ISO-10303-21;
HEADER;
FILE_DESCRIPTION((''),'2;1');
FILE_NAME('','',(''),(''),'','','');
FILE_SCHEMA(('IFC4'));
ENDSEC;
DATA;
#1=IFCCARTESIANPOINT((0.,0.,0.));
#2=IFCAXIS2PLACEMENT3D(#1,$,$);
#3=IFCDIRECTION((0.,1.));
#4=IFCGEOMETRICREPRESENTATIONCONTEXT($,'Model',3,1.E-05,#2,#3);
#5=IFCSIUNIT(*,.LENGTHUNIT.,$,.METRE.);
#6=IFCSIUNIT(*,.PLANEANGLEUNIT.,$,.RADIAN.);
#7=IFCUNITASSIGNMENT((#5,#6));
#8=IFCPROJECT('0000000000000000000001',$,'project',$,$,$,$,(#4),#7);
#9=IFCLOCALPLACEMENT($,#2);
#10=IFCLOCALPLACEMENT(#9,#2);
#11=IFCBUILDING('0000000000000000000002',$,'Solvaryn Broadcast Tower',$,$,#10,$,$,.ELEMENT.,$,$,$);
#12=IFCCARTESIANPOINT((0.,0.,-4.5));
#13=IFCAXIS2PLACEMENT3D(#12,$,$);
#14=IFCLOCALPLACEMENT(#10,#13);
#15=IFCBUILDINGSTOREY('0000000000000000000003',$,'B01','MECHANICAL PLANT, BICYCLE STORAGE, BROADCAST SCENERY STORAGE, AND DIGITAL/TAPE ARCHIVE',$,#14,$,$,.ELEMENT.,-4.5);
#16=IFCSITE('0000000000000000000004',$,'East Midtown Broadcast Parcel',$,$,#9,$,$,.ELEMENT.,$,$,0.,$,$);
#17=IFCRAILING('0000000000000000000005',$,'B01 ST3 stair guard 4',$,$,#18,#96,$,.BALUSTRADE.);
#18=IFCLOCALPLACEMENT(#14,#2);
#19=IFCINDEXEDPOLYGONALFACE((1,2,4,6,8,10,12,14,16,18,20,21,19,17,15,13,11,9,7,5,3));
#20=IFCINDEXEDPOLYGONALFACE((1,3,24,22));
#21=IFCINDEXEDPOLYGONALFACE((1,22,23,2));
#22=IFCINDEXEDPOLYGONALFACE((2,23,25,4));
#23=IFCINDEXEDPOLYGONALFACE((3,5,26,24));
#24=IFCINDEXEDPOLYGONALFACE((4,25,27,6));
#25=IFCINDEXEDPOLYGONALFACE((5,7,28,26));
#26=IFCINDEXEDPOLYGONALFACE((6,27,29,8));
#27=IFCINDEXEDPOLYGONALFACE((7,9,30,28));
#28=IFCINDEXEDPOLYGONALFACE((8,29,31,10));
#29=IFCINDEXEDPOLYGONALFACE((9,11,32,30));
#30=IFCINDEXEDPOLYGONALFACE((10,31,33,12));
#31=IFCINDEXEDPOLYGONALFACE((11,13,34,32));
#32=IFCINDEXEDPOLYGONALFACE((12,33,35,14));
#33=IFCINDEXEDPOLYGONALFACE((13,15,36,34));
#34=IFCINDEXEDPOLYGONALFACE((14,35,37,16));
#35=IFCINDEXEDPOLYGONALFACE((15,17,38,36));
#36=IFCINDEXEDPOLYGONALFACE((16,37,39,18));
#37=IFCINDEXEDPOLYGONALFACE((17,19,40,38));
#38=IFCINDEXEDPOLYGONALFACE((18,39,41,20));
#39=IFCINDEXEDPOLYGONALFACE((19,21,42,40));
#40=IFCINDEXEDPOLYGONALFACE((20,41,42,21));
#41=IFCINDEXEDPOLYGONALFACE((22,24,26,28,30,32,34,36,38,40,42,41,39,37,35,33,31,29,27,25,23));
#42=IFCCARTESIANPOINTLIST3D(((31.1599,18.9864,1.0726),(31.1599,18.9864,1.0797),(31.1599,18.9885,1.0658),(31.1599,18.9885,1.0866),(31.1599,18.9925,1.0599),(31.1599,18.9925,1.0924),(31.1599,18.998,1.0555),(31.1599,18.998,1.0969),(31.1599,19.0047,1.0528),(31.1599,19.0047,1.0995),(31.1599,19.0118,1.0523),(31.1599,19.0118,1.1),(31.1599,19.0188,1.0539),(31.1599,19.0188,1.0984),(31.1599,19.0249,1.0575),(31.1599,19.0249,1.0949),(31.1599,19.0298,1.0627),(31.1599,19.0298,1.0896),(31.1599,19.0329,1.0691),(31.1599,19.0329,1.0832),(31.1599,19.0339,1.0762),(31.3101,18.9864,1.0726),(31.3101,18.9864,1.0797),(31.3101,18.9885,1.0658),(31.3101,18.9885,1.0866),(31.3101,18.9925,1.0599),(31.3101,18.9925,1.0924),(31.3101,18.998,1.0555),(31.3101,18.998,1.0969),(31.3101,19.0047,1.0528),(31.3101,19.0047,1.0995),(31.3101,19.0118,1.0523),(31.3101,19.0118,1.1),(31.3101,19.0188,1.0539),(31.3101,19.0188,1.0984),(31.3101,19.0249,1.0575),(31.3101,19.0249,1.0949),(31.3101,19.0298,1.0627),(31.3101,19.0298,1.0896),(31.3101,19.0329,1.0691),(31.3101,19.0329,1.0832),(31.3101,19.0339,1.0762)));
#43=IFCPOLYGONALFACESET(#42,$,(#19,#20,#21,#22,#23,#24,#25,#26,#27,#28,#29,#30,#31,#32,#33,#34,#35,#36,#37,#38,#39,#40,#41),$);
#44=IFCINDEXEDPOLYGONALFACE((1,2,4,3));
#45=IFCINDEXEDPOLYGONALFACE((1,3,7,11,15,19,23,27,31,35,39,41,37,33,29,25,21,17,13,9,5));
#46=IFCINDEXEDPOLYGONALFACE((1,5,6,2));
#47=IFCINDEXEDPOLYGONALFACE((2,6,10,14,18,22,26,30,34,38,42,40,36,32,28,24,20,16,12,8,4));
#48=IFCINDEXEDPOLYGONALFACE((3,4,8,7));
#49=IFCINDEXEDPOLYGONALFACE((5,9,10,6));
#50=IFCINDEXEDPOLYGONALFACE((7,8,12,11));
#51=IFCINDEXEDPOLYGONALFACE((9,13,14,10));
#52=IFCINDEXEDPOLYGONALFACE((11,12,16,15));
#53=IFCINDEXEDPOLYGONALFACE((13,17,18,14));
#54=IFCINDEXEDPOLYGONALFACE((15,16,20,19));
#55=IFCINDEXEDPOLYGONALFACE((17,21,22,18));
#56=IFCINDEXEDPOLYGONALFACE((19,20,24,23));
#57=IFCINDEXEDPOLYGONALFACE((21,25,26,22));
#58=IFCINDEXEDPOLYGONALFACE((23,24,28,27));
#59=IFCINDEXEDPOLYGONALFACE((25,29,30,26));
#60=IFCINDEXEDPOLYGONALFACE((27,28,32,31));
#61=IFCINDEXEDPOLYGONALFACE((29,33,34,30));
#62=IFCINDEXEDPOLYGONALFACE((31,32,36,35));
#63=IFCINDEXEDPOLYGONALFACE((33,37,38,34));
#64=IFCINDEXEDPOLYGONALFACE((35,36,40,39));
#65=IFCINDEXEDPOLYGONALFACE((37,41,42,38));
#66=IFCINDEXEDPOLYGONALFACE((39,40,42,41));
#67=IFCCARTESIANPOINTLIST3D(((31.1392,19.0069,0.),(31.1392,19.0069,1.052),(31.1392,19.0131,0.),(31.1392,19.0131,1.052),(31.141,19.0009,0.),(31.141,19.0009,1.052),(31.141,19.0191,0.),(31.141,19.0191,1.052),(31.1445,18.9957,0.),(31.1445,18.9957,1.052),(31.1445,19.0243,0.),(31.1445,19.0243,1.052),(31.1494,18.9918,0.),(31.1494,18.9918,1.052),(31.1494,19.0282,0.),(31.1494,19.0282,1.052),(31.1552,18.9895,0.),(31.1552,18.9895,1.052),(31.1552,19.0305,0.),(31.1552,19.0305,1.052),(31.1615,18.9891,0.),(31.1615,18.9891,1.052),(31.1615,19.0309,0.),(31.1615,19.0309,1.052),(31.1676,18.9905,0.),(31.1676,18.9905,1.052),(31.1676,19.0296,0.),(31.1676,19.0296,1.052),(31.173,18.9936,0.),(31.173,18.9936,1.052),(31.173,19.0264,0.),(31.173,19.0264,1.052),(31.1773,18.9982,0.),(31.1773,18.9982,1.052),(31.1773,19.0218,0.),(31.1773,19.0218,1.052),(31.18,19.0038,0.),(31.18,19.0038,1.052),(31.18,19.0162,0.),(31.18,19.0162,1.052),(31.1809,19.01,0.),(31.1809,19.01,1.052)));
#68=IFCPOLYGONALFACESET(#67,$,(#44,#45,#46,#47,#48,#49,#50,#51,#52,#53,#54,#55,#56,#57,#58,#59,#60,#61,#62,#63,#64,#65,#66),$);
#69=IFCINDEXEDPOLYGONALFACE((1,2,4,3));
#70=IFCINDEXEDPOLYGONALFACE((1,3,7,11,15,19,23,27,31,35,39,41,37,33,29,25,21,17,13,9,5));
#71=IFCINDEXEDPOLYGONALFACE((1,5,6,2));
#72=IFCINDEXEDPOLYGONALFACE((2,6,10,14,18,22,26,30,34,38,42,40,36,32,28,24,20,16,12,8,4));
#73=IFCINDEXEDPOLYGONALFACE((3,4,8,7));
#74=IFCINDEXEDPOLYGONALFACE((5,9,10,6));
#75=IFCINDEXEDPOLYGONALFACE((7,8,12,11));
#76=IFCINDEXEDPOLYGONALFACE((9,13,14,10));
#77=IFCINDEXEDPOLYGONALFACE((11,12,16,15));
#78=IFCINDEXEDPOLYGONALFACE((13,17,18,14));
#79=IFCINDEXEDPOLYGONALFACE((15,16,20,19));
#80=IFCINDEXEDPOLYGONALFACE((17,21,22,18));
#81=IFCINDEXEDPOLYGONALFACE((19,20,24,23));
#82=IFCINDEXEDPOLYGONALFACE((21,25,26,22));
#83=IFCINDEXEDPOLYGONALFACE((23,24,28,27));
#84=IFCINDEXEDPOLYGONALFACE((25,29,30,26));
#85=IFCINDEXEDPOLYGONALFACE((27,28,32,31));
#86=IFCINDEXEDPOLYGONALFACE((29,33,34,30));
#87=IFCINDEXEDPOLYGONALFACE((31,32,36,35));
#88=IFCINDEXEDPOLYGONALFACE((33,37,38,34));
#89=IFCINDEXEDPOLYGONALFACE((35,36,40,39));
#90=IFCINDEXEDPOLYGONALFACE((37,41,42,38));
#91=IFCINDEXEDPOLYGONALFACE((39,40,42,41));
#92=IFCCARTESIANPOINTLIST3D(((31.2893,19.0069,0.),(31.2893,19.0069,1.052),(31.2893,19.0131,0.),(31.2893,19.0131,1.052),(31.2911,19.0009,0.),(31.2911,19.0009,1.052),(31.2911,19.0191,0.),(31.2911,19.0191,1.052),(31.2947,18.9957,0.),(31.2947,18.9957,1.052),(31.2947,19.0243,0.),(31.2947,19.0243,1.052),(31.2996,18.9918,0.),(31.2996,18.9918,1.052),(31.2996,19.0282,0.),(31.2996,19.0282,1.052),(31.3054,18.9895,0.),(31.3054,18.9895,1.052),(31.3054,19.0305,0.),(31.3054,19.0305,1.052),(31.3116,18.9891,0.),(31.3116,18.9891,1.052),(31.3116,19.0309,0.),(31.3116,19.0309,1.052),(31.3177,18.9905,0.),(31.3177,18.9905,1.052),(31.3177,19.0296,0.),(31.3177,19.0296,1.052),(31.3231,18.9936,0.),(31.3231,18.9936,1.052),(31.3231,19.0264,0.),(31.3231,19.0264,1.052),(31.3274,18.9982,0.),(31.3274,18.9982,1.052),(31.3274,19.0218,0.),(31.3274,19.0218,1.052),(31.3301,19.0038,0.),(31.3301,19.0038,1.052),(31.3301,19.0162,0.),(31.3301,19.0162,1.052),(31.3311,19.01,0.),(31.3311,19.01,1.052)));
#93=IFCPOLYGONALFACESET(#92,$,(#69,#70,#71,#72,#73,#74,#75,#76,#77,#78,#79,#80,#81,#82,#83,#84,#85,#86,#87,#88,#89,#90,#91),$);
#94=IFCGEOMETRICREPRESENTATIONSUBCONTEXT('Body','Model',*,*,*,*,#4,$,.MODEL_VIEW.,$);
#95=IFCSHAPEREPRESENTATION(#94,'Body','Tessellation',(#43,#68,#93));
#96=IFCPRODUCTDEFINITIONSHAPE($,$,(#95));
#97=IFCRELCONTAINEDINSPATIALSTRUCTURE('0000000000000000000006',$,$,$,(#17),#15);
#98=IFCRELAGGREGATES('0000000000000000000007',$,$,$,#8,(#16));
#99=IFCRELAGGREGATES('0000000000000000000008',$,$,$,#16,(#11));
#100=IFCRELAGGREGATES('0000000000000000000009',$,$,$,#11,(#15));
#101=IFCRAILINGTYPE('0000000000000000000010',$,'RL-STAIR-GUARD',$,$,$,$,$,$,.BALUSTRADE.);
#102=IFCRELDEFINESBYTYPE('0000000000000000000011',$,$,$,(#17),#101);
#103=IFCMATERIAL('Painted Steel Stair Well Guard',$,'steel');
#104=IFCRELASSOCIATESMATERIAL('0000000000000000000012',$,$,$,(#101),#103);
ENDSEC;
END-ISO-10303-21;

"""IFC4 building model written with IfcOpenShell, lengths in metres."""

from ifc_helpers import new_model, si_unit, direction, frame, origin, origin_2d, place, context, subcontext, project, spatial, circle, extrude, material, type_object, element, save


model = new_model("IFC4")

# Units and contexts
model_context = context("Model", 3, precision=1e-05, world=origin(), true_north=direction((0.0, 1.0)))
body_context = subcontext(model_context, "Body", "Model", "MODEL_VIEW")
ifc_project = project(units=[si_unit("LENGTHUNIT", "METRE"), si_unit("PLANEANGLEUNIT", "RADIAN")], contexts=[model_context])

# Site, building, storey
site_placement = place(None, origin())
site = spatial("IfcSite", under=ifc_project, at=site_placement, Name="East Midtown Broadcast Parcel", CompositionType="ELEMENT", RefElevation=0.0)
building_placement = place(site_placement, origin())
building = spatial("IfcBuilding", under=site, at=building_placement, Name="Solvaryn Broadcast Tower", CompositionType="ELEMENT")
storey_placement = place(building_placement, frame((0.0, 0.0, -4.5)))
storey = spatial("IfcBuildingStorey", under=building, at=storey_placement, Name="B01", Description="MECHANICAL PLANT, BICYCLE STORAGE, BROADCAST SCENERY STORAGE, AND DIGITAL/TAPE ARCHIVE", CompositionType="ELEMENT", Elevation=-4.5)

# Railing
ifc_material_1 = material(Name="Painted Steel Stair Well Guard", Category="steel")
railing_type_1 = type_object("IfcRailingType", Name="RL-STAIR-GUARD", PredefinedType="BALUSTRADE", material=ifc_material_1)
railing_1_placement = place(storey_placement, frame((31.1599, 19.01, 0.0)))
element("IfcRailing", 1, at=railing_1_placement, inside=storey, type_object=railing_type_1, Name="B01 ST3 stair guard 4", PredefinedType="BALUSTRADE", context=body_context, shape_type="SweptSolid", body=[
    extrude(circle(Radius=0.0239, at=origin_2d()), frame((0.0, 0.0, 1.0762), z_axis=(1.0, 0.0, 0.0), x_axis=(0.0, 1.0, 0.0)), (0.0, 0.0, 1.0), 0.1501),
    extrude(circle(Radius=0.021, at=origin_2d()), origin(), (0.0, 0.0, 1.0), 1.052),
    extrude(circle(Radius=0.021, at=origin_2d()), frame((0.1501, 0.0, 0.0)), (0.0, 0.0, 1.0), 1.052),
])

save(model, "model.ifc")
